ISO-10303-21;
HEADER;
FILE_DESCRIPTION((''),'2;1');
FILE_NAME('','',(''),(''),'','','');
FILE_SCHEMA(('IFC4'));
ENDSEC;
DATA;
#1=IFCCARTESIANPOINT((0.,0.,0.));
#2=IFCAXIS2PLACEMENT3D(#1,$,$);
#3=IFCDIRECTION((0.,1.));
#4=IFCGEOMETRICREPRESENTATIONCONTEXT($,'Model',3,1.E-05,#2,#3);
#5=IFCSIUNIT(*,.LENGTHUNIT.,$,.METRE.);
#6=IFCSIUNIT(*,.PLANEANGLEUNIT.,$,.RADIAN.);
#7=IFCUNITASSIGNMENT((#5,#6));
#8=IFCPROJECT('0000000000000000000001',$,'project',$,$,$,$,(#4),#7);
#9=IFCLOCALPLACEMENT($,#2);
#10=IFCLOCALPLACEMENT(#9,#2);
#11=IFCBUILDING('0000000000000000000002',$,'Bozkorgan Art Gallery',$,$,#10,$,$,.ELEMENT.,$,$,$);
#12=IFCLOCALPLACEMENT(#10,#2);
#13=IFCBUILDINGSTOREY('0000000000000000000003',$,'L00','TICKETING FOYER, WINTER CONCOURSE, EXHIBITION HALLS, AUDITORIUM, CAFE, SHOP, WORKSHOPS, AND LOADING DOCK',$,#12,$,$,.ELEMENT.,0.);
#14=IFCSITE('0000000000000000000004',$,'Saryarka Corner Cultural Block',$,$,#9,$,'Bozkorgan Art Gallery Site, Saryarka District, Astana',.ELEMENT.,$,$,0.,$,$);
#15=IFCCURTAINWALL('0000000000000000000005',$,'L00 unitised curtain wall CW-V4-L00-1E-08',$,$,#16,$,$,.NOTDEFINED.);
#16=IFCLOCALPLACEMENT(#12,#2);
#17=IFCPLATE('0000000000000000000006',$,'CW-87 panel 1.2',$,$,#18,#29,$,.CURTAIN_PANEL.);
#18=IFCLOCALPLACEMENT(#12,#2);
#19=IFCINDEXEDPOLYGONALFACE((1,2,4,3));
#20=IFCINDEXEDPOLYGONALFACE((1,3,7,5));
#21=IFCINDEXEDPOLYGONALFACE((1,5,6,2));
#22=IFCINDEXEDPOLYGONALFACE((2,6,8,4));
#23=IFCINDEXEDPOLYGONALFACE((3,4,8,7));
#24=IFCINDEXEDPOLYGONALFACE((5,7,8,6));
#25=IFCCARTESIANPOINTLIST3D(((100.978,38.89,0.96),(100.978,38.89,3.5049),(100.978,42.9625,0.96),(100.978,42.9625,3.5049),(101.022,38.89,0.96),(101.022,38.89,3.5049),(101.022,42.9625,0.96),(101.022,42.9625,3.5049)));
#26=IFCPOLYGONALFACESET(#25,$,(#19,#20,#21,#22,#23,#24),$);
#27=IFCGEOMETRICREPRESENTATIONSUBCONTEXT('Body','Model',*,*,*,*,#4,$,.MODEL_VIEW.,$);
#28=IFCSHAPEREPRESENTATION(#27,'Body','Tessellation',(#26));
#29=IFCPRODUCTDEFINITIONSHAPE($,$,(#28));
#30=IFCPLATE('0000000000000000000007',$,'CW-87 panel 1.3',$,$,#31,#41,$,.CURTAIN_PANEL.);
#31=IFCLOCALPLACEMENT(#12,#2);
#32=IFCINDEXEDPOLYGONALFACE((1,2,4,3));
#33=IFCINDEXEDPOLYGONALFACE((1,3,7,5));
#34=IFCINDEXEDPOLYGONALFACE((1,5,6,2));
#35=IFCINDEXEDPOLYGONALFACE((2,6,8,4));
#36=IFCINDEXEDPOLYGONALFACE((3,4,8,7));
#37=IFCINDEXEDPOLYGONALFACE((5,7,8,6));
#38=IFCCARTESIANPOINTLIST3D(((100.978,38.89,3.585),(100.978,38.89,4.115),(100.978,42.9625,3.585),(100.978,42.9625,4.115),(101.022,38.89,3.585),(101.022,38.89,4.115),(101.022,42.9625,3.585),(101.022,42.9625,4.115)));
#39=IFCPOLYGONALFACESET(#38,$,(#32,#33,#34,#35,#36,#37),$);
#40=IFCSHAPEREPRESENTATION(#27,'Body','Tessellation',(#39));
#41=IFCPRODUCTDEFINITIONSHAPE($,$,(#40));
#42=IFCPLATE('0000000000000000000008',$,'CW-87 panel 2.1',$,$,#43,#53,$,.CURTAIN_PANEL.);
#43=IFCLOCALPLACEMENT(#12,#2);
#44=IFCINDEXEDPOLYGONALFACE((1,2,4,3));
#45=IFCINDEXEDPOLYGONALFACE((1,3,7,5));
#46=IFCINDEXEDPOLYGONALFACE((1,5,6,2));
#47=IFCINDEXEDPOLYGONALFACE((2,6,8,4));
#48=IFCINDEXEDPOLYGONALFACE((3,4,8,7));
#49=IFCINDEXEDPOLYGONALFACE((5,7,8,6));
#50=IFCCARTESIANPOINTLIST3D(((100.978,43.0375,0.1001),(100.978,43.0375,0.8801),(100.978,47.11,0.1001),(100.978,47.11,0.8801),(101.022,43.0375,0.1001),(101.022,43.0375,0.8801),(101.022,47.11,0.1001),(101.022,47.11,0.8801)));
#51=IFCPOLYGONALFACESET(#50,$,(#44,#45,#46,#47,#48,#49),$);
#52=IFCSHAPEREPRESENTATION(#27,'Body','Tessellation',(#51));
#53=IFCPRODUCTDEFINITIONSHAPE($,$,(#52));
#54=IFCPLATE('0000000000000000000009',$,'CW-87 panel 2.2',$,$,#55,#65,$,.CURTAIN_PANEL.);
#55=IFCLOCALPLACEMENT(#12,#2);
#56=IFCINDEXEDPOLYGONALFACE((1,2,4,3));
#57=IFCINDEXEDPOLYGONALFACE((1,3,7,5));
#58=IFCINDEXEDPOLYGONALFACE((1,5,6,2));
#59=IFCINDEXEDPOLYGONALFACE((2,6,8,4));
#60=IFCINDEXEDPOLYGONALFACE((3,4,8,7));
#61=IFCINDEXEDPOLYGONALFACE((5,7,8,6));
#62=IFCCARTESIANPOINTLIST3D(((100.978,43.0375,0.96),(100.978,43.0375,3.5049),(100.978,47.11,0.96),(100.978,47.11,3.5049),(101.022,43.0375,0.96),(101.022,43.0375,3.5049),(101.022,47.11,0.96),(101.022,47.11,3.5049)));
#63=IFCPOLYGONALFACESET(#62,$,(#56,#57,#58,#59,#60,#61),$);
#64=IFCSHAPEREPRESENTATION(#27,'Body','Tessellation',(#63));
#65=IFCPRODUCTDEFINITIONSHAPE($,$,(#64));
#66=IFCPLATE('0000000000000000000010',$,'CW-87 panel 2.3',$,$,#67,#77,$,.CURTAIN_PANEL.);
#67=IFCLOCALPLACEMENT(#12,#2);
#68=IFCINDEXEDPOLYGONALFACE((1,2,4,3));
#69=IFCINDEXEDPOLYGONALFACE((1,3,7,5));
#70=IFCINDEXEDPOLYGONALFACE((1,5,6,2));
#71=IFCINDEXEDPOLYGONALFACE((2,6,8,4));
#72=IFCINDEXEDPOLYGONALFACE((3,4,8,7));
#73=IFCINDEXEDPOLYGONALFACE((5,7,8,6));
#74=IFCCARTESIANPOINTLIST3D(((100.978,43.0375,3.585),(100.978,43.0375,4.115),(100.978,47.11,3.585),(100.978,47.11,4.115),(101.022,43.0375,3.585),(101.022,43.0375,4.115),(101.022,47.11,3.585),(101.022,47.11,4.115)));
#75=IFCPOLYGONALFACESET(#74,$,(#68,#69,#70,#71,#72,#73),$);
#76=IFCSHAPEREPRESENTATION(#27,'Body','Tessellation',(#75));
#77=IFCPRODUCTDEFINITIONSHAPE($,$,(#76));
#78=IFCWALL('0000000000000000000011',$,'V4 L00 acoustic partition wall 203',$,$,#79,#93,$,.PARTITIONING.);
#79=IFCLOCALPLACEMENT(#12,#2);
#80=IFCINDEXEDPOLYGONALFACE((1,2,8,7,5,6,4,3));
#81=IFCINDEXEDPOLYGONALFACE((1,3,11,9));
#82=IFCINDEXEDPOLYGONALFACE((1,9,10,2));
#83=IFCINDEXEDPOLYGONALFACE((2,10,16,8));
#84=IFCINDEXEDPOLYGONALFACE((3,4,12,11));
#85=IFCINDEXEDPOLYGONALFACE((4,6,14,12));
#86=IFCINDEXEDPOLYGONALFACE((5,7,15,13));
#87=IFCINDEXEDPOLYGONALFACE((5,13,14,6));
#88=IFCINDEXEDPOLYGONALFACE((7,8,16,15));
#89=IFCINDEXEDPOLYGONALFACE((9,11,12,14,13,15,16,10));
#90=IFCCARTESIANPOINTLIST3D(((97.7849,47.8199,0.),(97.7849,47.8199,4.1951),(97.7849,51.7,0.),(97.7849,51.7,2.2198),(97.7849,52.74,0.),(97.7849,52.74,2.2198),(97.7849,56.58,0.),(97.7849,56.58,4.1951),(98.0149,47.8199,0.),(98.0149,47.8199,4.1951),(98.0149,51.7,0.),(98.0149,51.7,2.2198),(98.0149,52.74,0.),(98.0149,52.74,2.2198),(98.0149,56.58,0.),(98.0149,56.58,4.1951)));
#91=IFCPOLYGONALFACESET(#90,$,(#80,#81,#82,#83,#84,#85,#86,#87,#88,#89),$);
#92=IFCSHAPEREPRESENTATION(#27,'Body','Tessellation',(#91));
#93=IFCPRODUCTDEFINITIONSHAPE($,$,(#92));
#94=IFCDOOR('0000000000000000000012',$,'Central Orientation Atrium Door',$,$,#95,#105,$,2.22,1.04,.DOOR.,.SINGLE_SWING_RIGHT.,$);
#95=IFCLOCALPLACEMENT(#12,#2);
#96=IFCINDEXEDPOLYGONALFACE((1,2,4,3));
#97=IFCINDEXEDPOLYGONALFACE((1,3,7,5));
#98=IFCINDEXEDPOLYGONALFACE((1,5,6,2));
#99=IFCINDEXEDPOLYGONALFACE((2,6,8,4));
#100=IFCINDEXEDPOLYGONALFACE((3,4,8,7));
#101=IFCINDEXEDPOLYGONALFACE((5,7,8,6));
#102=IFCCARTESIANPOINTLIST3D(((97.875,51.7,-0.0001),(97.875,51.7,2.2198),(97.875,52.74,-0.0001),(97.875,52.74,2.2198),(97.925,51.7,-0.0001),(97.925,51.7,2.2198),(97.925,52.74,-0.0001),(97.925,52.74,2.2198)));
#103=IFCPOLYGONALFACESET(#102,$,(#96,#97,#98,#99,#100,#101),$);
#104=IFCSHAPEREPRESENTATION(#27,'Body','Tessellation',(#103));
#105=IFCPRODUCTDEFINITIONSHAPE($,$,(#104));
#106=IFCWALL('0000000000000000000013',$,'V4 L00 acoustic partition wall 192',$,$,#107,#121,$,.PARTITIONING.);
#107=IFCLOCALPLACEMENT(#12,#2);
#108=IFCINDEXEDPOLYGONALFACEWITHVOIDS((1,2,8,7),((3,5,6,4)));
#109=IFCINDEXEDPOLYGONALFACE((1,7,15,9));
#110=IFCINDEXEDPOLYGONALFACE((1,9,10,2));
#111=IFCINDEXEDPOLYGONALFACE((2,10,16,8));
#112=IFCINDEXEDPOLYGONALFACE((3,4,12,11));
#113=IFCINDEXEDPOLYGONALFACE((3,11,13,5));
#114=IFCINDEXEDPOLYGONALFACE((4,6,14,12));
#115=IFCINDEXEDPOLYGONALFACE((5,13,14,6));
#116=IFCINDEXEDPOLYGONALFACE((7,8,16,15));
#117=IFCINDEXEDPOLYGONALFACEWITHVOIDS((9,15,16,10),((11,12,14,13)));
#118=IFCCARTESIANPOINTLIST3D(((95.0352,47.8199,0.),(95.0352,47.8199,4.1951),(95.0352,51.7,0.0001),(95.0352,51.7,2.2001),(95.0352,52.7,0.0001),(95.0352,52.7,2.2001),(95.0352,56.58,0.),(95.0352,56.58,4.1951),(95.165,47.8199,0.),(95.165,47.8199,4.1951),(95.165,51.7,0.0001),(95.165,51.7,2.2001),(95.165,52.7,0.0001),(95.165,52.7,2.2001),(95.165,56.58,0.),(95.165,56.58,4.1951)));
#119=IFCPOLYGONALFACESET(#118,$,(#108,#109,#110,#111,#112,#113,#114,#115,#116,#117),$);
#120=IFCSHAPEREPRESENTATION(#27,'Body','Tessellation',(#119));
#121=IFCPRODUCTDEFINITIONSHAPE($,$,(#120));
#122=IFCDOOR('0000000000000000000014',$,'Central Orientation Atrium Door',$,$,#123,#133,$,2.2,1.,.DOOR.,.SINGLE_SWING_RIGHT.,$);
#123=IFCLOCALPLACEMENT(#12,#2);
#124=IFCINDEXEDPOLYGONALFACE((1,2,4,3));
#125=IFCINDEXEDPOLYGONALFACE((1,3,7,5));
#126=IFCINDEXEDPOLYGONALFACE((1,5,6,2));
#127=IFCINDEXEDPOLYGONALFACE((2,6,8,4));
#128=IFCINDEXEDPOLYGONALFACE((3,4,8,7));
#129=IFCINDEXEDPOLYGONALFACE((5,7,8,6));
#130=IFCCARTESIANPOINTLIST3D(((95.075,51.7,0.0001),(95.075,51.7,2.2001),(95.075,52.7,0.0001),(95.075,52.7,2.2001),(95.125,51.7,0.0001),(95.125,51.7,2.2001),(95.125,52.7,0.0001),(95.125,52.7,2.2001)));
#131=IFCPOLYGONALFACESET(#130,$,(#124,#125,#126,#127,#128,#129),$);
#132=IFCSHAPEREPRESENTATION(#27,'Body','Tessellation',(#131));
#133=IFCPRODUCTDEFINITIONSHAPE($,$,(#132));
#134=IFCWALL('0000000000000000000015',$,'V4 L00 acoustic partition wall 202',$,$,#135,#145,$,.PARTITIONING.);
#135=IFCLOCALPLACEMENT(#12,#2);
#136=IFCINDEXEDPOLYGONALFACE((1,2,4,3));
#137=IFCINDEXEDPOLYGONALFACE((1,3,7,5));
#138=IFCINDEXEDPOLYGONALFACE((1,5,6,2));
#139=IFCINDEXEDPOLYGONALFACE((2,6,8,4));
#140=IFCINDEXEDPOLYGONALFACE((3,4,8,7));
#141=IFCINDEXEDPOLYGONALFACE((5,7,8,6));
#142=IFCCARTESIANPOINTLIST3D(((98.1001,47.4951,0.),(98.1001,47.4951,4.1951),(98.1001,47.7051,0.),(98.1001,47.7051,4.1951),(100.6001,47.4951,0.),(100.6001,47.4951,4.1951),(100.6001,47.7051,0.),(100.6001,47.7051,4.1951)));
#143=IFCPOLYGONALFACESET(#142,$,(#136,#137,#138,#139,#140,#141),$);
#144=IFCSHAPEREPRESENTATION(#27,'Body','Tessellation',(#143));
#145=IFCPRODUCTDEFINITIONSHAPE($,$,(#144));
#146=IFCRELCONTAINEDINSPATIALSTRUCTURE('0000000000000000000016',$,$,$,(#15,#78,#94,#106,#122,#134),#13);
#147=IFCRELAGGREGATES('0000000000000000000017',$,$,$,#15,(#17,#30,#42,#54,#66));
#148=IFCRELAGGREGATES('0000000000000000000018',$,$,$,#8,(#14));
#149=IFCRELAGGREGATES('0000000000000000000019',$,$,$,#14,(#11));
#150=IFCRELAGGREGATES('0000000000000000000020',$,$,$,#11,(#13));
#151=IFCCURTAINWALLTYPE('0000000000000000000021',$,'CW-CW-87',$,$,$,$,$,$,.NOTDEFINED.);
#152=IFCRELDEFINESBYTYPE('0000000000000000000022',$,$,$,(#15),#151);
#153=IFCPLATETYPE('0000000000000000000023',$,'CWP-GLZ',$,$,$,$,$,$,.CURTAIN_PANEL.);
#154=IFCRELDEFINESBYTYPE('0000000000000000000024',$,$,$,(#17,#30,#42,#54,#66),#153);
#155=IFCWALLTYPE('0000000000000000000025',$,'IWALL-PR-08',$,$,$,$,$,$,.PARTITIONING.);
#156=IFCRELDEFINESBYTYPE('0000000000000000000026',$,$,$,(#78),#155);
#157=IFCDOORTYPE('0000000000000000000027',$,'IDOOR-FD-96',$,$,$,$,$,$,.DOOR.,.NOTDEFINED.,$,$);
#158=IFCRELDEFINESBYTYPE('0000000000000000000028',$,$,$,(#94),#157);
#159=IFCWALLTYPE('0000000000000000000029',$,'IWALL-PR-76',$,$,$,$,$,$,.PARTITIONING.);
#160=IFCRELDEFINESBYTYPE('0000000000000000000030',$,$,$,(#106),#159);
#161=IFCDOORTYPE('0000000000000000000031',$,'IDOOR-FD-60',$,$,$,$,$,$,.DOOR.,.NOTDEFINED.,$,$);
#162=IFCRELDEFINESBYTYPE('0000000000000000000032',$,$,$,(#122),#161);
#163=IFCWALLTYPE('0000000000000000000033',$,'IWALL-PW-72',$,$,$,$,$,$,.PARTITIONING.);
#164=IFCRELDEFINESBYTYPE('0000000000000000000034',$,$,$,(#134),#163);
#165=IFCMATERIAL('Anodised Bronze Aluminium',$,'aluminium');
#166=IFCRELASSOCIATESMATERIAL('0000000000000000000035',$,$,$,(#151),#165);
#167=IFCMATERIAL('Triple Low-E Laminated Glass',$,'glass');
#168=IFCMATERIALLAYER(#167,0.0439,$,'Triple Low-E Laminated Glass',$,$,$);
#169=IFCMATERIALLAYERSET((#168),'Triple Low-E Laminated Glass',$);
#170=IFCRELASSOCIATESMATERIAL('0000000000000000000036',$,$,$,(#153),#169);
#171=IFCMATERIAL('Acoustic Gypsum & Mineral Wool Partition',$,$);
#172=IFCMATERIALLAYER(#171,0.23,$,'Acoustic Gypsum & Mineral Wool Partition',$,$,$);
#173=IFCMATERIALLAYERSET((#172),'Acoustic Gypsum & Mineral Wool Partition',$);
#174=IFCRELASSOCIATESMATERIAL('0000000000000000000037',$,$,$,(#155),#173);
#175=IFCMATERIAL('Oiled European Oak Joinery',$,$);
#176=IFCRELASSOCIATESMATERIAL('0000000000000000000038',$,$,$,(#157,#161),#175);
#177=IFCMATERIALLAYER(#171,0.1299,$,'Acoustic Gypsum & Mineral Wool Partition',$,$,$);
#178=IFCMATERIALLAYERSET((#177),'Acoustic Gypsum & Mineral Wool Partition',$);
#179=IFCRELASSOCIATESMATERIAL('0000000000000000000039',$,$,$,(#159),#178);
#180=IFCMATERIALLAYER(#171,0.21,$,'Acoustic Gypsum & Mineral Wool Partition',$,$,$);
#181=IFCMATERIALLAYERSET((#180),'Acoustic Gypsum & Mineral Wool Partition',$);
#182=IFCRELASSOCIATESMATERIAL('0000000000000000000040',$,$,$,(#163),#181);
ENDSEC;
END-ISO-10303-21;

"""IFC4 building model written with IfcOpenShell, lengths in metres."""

from ifc_helpers import new_model, si_unit, direction, frame, frame_2d, origin, origin_2d, place, context, subcontext, project, spatial, rectangle, extrude, material, layer, layer_set, type_object, element, fill, aggregate, save


model = new_model("IFC4")

# Units and contexts
model_context = context("Model", 3, precision=1e-05, world=origin(), true_north=direction((0.0, 1.0)))
body_context = subcontext(model_context, "Body", "Model", "MODEL_VIEW")
ifc_project = project(units=[si_unit("LENGTHUNIT", "METRE"), si_unit("PLANEANGLEUNIT", "RADIAN")], contexts=[model_context])

# Site, building, storey
site_placement = place(None, origin())
site = spatial("IfcSite", under=ifc_project, at=site_placement, Name="Saryarka Corner Cultural Block", LongName="Bozkorgan Art Gallery Site, Saryarka District, Astana", CompositionType="ELEMENT", RefElevation=0.0)
building_placement = place(site_placement, origin())
building = spatial("IfcBuilding", under=site, at=building_placement, Name="Bozkorgan Art Gallery", CompositionType="ELEMENT")
storey_placement = place(building_placement, origin())
storey = spatial("IfcBuildingStorey", under=building, at=storey_placement, Name="L00", Description="TICKETING FOYER, WINTER CONCOURSE, EXHIBITION HALLS, AUDITORIUM, CAFE, SHOP, WORKSHOPS, AND LOADING DOCK", CompositionType="ELEMENT", Elevation=0.0)

# Curtain wall
ifc_material_1 = material(Name="Anodised Bronze Aluminium", Category="aluminium")
curtain_wall_type = type_object("IfcCurtainWallType", Name="CW-CW-87", PredefinedType="NOTDEFINED", material=ifc_material_1)
curtain_wall_1_placement = place(storey_placement, origin())
curtain_wall_1 = element("IfcCurtainWall", 1, at=curtain_wall_1_placement, inside=storey, type_object=curtain_wall_type, Name="L00 unitised curtain wall CW-V4-L00-1E-08", PredefinedType="NOTDEFINED")

# Plates
ifc_material_2 = material(Name="Triple Low-E Laminated Glass", Category="glass")
ifc_layer_1 = layer(ifc_material_2, 0.0439, Name="Triple Low-E Laminated Glass")
ifc_layer_set_1 = layer_set([ifc_layer_1], Name="Triple Low-E Laminated Glass")
plate_type = type_object("IfcPlateType", Name="CWP-GLZ", PredefinedType="CURTAIN_PANEL", material=ifc_layer_set_1)
plate_1_placement = place(storey_placement, frame((101.0, 40.9263, 0.96), z_axis=(0.0, 0.0, 1.0), x_axis=(0.0, 1.0, 0.0)))
plate_1 = element("IfcPlate", 2, at=plate_1_placement, type_object=plate_type, Name="CW-87 panel 1.2", PredefinedType="CURTAIN_PANEL", context=body_context, shape_type="SweptSolid", body=[
    extrude(rectangle(XDim=4.0725, YDim=0.0439, at=origin_2d()), origin(), (0.0, 0.0, 1.0), 2.5449),
])
plate_2_placement = place(storey_placement, frame((101.0, 40.9263, 3.585), z_axis=(0.0, 0.0, 1.0), x_axis=(0.0, 1.0, 0.0)))
plate_2 = element("IfcPlate", 3, at=plate_2_placement, type_object=plate_type, Name="CW-87 panel 1.3", PredefinedType="CURTAIN_PANEL", context=body_context, shape_type="SweptSolid", body=[
    extrude(rectangle(XDim=4.0725, YDim=0.0439, at=origin_2d()), origin(), (0.0, 0.0, 1.0), 0.53),
])
plate_3_placement = place(storey_placement, frame((101.0, 45.0737, 0.1001), z_axis=(0.0, 0.0, 1.0), x_axis=(0.0, 1.0, 0.0)))
plate_3 = element("IfcPlate", 4, at=plate_3_placement, type_object=plate_type, Name="CW-87 panel 2.1", PredefinedType="CURTAIN_PANEL", context=body_context, shape_type="SweptSolid", body=[
    extrude(rectangle(XDim=4.0725, YDim=0.0439, at=origin_2d()), origin(), (0.0, 0.0, 1.0), 0.78),
])
plate_4_placement = place(storey_placement, frame((101.0, 45.0737, 0.96), z_axis=(0.0, 0.0, 1.0), x_axis=(0.0, 1.0, 0.0)))
plate_4 = element("IfcPlate", 5, at=plate_4_placement, type_object=plate_type, Name="CW-87 panel 2.2", PredefinedType="CURTAIN_PANEL", context=body_context, shape_type="SweptSolid", body=[
    extrude(rectangle(XDim=4.0725, YDim=0.0439, at=origin_2d()), origin(), (0.0, 0.0, 1.0), 2.5449),
])
plate_5_placement = place(storey_placement, frame((101.0, 45.0737, 3.585), z_axis=(0.0, 0.0, 1.0), x_axis=(0.0, 1.0, 0.0)))
plate_5 = element("IfcPlate", 6, at=plate_5_placement, type_object=plate_type, Name="CW-87 panel 2.3", PredefinedType="CURTAIN_PANEL", context=body_context, shape_type="SweptSolid", body=[
    extrude(rectangle(XDim=4.0725, YDim=0.0439, at=origin_2d()), origin(), (0.0, 0.0, 1.0), 0.53),
])
aggregate(curtain_wall_1, [plate_1, plate_2, plate_3, plate_4, plate_5])

# Walls, openings, doors
ifc_material_3 = material(Name="Acoustic Gypsum & Mineral Wool Partition")
ifc_layer_2 = layer(ifc_material_3, 0.23, Name="Acoustic Gypsum & Mineral Wool Partition")
ifc_layer_set_2 = layer_set([ifc_layer_2], Name="Acoustic Gypsum & Mineral Wool Partition")
wall_type_1 = type_object("IfcWallType", Name="IWALL-PR-08", PredefinedType="PARTITIONING", material=ifc_layer_set_2)
wall_1_placement = place(storey_placement, frame((97.8999, 47.8201, 0.0), z_axis=(0.0, 0.0, 1.0), x_axis=(0.0, 1.0, 0.0)))
wall_1 = element("IfcWall", 7, at=wall_1_placement, inside=storey, type_object=wall_type_1, Name="V4 L00 acoustic partition wall 203", PredefinedType="PARTITIONING", context=body_context, shape_type="SweptSolid", body=[
    extrude(rectangle(XDim=8.76, YDim=0.23, at=frame_2d((4.3799, 0.0))), origin(), (0.0, 0.0, 1.0), 4.1951),
])
opening_1_placement = place(wall_1_placement, frame((3.8799, 0.0, 0.0)))
opening_1 = element("IfcOpeningElement", 8, at=opening_1_placement, cuts=wall_1, PredefinedType="OPENING", context=body_context, shape_type="SweptSolid", body=[
    extrude(rectangle(XDim=1.04, YDim=2.22, at=frame_2d((0.52, 1.1099))), frame((0.0, 0.125, 0.0), z_axis=(0.0, -1.0, 0.0), x_axis=(1.0, 0.0, 0.0)), (0.0, 0.0, 1.0), 0.25),
])
ifc_material_4 = material(Name="Oiled European Oak Joinery")
door_type_1 = type_object("IfcDoorType", Name="IDOOR-FD-96", OperationType="NOTDEFINED", PredefinedType="DOOR", material=ifc_material_4)
door_1_placement = place(opening_1_placement, origin())
door_1 = element("IfcDoor", 9, at=door_1_placement, inside=storey, type_object=door_type_1, Name="Central Orientation Atrium Door", OperationType="SINGLE_SWING_RIGHT", OverallHeight=2.22, OverallWidth=1.04, PredefinedType="DOOR", context=body_context, shape_type="SweptSolid", body=[
    extrude(rectangle(XDim=1.04, YDim=2.22, at=frame_2d((0.52, 1.1099))), frame((0.0, 0.0249, 0.0), z_axis=(0.0, -1.0, 0.0), x_axis=(1.0, 0.0, 0.0)), (0.0, 0.0, 1.0), 0.05),
])
fill(opening_1, door_1)
ifc_layer_3 = layer(ifc_material_3, 0.1299, Name="Acoustic Gypsum & Mineral Wool Partition")
ifc_layer_set_3 = layer_set([ifc_layer_3], Name="Acoustic Gypsum & Mineral Wool Partition")
wall_type_2 = type_object("IfcWallType", Name="IWALL-PR-76", PredefinedType="PARTITIONING", material=ifc_layer_set_3)
wall_2_placement = place(storey_placement, frame((95.1001, 47.8201, 0.0), z_axis=(0.0, 0.0, 1.0), x_axis=(0.0, 1.0, 0.0)))
wall_2 = element("IfcWall", 10, at=wall_2_placement, inside=storey, type_object=wall_type_2, Name="V4 L00 acoustic partition wall 192", PredefinedType="PARTITIONING", context=body_context, shape_type="SweptSolid", body=[
    extrude(rectangle(XDim=8.76, YDim=0.1299, at=frame_2d((4.3799, 0.0))), origin(), (0.0, 0.0, 1.0), 4.1951),
])
opening_2_placement = place(wall_2_placement, frame((4.8799, 0.0, 0.0), z_axis=(0.0, 0.0, 1.0), x_axis=(-1.0, 0.0, 0.0)))
opening_2 = element("IfcOpeningElement", 11, at=opening_2_placement, cuts=wall_2, PredefinedType="OPENING", context=body_context, shape_type="SweptSolid", body=[
    extrude(rectangle(XDim=1.0, YDim=2.2, at=frame_2d((0.5, 1.1001))), frame((0.0, 0.075, 0.0), z_axis=(0.0, -1.0, 0.0), x_axis=(1.0, 0.0, 0.0)), (0.0, 0.0, 1.0), 0.1499),
])
door_type_2 = type_object("IfcDoorType", Name="IDOOR-FD-60", OperationType="NOTDEFINED", PredefinedType="DOOR", material=ifc_material_4)
door_2_placement = place(opening_2_placement, origin())
door_2 = element("IfcDoor", 12, at=door_2_placement, inside=storey, type_object=door_type_2, Name="Central Orientation Atrium Door", OperationType="SINGLE_SWING_RIGHT", OverallHeight=2.2, OverallWidth=1.0, PredefinedType="DOOR", context=body_context, shape_type="SweptSolid", body=[
    extrude(rectangle(XDim=1.0, YDim=2.2, at=frame_2d((0.5, 1.1001))), frame((0.0, 0.0249, 0.0), z_axis=(0.0, -1.0, 0.0), x_axis=(1.0, 0.0, 0.0)), (0.0, 0.0, 1.0), 0.05),
])
fill(opening_2, door_2)

# Wall
ifc_layer_4 = layer(ifc_material_3, 0.21, Name="Acoustic Gypsum & Mineral Wool Partition")
ifc_layer_set_4 = layer_set([ifc_layer_4], Name="Acoustic Gypsum & Mineral Wool Partition")
wall_type_3 = type_object("IfcWallType", Name="IWALL-PW-72", PredefinedType="PARTITIONING", material=ifc_layer_set_4)
wall_3_placement = place(storey_placement, frame((98.1001, 47.6001, 0.0), z_axis=(0.0, 0.0, 1.0), x_axis=(1.0, 0.0, 0.0)))
element("IfcWall", 13, at=wall_3_placement, inside=storey, type_object=wall_type_3, Name="V4 L00 acoustic partition wall 202", PredefinedType="PARTITIONING", context=body_context, shape_type="SweptSolid", body=[
    extrude(rectangle(XDim=2.5, YDim=0.21, at=frame_2d((1.25, 0.0))), origin(), (0.0, 0.0, 1.0), 4.1951),
])

save(model, "model.ifc")
